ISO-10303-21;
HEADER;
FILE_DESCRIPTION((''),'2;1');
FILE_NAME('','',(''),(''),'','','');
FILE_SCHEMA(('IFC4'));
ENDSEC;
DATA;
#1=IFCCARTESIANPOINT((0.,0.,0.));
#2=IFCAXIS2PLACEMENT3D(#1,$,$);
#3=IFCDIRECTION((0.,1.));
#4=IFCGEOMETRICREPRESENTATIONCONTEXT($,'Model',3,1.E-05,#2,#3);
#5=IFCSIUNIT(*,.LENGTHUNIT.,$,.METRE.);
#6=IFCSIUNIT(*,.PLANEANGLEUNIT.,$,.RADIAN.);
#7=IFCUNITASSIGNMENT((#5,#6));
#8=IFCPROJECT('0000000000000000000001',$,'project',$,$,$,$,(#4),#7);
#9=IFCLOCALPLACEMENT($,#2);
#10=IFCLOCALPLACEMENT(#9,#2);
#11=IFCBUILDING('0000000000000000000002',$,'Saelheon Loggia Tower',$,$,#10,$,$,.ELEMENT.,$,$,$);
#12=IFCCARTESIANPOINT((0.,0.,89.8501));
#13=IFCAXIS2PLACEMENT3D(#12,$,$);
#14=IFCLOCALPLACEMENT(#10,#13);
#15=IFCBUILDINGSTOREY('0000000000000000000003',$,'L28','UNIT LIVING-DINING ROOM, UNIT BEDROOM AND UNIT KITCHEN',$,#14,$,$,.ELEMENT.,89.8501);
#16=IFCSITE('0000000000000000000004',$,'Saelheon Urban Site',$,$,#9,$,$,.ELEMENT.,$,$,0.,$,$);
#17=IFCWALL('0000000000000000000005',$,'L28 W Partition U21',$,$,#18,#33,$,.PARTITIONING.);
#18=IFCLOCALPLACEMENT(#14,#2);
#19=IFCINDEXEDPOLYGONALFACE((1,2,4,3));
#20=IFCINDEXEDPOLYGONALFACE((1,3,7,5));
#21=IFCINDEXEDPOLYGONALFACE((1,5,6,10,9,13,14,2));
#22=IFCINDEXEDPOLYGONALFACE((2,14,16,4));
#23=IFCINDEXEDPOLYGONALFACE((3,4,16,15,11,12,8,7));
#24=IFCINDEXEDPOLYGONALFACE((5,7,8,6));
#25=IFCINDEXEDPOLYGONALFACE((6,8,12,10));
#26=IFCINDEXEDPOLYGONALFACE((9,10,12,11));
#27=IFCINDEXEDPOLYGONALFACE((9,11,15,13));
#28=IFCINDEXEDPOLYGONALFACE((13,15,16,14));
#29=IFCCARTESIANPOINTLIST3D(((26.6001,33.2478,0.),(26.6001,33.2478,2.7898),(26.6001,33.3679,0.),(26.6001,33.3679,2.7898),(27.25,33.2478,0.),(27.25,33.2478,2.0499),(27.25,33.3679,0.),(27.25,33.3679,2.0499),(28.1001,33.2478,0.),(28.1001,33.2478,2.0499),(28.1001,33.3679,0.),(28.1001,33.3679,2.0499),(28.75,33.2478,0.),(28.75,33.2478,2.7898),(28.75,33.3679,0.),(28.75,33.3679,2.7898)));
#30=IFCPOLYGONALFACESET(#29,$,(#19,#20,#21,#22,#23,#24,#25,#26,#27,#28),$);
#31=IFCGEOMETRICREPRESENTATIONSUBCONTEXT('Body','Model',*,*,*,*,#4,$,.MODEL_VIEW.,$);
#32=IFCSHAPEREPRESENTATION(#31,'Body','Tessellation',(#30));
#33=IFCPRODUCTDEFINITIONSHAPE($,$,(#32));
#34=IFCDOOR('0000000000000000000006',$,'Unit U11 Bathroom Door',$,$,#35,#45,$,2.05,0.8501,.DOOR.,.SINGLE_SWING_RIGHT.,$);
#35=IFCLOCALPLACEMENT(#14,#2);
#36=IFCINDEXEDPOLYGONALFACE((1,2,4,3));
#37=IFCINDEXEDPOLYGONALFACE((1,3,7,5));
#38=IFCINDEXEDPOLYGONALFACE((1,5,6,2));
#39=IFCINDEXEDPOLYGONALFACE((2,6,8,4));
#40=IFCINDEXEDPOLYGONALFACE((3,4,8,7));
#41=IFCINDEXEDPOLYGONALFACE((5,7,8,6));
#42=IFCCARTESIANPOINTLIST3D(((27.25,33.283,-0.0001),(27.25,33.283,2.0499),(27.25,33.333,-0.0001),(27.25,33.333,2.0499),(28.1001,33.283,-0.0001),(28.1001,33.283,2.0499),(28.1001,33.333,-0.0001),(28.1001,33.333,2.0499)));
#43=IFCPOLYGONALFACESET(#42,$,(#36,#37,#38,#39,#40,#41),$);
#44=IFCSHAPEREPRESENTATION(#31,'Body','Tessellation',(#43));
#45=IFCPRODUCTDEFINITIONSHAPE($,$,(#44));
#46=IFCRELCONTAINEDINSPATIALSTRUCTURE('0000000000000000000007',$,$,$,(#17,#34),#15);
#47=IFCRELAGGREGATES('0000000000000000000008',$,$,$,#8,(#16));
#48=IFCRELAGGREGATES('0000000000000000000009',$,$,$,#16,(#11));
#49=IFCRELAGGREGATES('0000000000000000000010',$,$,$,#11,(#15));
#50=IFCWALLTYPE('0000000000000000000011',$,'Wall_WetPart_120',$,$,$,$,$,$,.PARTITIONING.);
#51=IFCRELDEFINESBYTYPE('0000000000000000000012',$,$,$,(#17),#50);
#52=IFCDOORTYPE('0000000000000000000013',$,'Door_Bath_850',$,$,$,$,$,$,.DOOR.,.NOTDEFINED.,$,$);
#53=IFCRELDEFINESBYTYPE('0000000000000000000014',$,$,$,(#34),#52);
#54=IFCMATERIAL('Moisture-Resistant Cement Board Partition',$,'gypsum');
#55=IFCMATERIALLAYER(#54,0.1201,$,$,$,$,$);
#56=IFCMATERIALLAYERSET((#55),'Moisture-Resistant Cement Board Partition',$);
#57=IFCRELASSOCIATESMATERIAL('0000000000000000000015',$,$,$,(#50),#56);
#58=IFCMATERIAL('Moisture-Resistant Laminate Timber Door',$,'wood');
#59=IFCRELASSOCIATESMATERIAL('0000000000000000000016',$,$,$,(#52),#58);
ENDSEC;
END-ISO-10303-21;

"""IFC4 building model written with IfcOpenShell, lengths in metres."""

from ifc_helpers import new_model, si_unit, direction, frame, frame_2d, origin, place, context, subcontext, project, spatial, rectangle, extrude, source, transform, mapped, material, layer, layer_set, type_object, element, fill, save


model = new_model("IFC4")

# Units and contexts
model_context = context("Model", 3, precision=1e-05, world=origin(), true_north=direction((0.0, 1.0)))
body_context = subcontext(model_context, "Body", "Model", "MODEL_VIEW")
ifc_project = project(units=[si_unit("LENGTHUNIT", "METRE"), si_unit("PLANEANGLEUNIT", "RADIAN")], contexts=[model_context])

# Site, building, storey
site_placement = place(None, origin())
site = spatial("IfcSite", under=ifc_project, at=site_placement, Name="Saelheon Urban Site", CompositionType="ELEMENT", RefElevation=0.0)
building_placement = place(site_placement, origin())
building = spatial("IfcBuilding", under=site, at=building_placement, Name="Saelheon Loggia Tower", CompositionType="ELEMENT")
storey_placement = place(building_placement, frame((0.0, 0.0, 89.8501)))
storey = spatial("IfcBuildingStorey", under=building, at=storey_placement, Name="L28", Description="UNIT LIVING-DINING ROOM, UNIT BEDROOM AND UNIT KITCHEN", CompositionType="ELEMENT", Elevation=89.8501)

# Shared definitions
ifc_material_1 = material(Name="Moisture-Resistant Cement Board Partition", Category="gypsum")
ifc_layer_1 = layer(ifc_material_1, 0.1201)
ifc_layer_set_1 = layer_set([ifc_layer_1], Name="Moisture-Resistant Cement Board Partition")
wall_type_1 = type_object("IfcWallType", Name="Wall_WetPart_120", PredefinedType="PARTITIONING", material=ifc_layer_set_1)

# Shared definitions
ifc_material_2 = material(Name="Moisture-Resistant Laminate Timber Door", Category="wood")
door_type_1 = type_object("IfcDoorType", Name="Door_Bath_850", OperationType="NOTDEFINED", PredefinedType="DOOR", material=ifc_material_2)
shared_shape_1 = source(origin(), body_context, "Body", "SweptSolid", [
    extrude(rectangle(XDim=0.8501, YDim=2.05, at=frame_2d((0.425, 1.0249))), frame((0.0, 0.0249, 0.0), z_axis=(0.0, -1.0, 0.0), x_axis=(1.0, 0.0, 0.0)), (0.0, 0.0, 1.0), 0.05),
])

# Wall, opening, door
wall_1_placement = place(storey_placement, frame((28.75, 33.3079, 0.0), z_axis=(0.0, 0.0, 1.0), x_axis=(-1.0, 0.0, 0.0)))
wall_1 = element("IfcWall", 1, at=wall_1_placement, inside=storey, type_object=wall_type_1, Name="L28 W Partition U21", PredefinedType="PARTITIONING", context=body_context, shape_type="SweptSolid", body=[
    extrude(rectangle(XDim=2.1499, YDim=0.1201, at=frame_2d((1.075, 0.0))), origin(), (0.0, 0.0, 1.0), 2.7898),
])
opening_1_placement = place(wall_1_placement, frame((0.6499, 0.0, 0.0)))
opening_1 = element("IfcOpeningElement", 2, at=opening_1_placement, cuts=wall_1, PredefinedType="OPENING", context=body_context, shape_type="SweptSolid", body=[
    extrude(rectangle(XDim=0.8501, YDim=2.05, at=frame_2d((0.425, 1.0249))), frame((0.0, 0.072, 0.0), z_axis=(0.0, -1.0, 0.0), x_axis=(1.0, 0.0, 0.0)), (0.0, 0.0, 1.0), 0.144),
])
door_1_placement = place(opening_1_placement, origin())
door_1 = element("IfcDoor", 3, at=door_1_placement, inside=storey, type_object=door_type_1, Name="Unit U11 Bathroom Door", OperationType="SINGLE_SWING_RIGHT", OverallHeight=2.05, OverallWidth=0.8501, PredefinedType="DOOR", context=body_context, shape_type="MappedRepresentation", body=[
    mapped(shared_shape_1, transform((0.0, 0.0, 0.0), scale=1.0)),
])
fill(opening_1, door_1)

save(model, "model.ifc")
